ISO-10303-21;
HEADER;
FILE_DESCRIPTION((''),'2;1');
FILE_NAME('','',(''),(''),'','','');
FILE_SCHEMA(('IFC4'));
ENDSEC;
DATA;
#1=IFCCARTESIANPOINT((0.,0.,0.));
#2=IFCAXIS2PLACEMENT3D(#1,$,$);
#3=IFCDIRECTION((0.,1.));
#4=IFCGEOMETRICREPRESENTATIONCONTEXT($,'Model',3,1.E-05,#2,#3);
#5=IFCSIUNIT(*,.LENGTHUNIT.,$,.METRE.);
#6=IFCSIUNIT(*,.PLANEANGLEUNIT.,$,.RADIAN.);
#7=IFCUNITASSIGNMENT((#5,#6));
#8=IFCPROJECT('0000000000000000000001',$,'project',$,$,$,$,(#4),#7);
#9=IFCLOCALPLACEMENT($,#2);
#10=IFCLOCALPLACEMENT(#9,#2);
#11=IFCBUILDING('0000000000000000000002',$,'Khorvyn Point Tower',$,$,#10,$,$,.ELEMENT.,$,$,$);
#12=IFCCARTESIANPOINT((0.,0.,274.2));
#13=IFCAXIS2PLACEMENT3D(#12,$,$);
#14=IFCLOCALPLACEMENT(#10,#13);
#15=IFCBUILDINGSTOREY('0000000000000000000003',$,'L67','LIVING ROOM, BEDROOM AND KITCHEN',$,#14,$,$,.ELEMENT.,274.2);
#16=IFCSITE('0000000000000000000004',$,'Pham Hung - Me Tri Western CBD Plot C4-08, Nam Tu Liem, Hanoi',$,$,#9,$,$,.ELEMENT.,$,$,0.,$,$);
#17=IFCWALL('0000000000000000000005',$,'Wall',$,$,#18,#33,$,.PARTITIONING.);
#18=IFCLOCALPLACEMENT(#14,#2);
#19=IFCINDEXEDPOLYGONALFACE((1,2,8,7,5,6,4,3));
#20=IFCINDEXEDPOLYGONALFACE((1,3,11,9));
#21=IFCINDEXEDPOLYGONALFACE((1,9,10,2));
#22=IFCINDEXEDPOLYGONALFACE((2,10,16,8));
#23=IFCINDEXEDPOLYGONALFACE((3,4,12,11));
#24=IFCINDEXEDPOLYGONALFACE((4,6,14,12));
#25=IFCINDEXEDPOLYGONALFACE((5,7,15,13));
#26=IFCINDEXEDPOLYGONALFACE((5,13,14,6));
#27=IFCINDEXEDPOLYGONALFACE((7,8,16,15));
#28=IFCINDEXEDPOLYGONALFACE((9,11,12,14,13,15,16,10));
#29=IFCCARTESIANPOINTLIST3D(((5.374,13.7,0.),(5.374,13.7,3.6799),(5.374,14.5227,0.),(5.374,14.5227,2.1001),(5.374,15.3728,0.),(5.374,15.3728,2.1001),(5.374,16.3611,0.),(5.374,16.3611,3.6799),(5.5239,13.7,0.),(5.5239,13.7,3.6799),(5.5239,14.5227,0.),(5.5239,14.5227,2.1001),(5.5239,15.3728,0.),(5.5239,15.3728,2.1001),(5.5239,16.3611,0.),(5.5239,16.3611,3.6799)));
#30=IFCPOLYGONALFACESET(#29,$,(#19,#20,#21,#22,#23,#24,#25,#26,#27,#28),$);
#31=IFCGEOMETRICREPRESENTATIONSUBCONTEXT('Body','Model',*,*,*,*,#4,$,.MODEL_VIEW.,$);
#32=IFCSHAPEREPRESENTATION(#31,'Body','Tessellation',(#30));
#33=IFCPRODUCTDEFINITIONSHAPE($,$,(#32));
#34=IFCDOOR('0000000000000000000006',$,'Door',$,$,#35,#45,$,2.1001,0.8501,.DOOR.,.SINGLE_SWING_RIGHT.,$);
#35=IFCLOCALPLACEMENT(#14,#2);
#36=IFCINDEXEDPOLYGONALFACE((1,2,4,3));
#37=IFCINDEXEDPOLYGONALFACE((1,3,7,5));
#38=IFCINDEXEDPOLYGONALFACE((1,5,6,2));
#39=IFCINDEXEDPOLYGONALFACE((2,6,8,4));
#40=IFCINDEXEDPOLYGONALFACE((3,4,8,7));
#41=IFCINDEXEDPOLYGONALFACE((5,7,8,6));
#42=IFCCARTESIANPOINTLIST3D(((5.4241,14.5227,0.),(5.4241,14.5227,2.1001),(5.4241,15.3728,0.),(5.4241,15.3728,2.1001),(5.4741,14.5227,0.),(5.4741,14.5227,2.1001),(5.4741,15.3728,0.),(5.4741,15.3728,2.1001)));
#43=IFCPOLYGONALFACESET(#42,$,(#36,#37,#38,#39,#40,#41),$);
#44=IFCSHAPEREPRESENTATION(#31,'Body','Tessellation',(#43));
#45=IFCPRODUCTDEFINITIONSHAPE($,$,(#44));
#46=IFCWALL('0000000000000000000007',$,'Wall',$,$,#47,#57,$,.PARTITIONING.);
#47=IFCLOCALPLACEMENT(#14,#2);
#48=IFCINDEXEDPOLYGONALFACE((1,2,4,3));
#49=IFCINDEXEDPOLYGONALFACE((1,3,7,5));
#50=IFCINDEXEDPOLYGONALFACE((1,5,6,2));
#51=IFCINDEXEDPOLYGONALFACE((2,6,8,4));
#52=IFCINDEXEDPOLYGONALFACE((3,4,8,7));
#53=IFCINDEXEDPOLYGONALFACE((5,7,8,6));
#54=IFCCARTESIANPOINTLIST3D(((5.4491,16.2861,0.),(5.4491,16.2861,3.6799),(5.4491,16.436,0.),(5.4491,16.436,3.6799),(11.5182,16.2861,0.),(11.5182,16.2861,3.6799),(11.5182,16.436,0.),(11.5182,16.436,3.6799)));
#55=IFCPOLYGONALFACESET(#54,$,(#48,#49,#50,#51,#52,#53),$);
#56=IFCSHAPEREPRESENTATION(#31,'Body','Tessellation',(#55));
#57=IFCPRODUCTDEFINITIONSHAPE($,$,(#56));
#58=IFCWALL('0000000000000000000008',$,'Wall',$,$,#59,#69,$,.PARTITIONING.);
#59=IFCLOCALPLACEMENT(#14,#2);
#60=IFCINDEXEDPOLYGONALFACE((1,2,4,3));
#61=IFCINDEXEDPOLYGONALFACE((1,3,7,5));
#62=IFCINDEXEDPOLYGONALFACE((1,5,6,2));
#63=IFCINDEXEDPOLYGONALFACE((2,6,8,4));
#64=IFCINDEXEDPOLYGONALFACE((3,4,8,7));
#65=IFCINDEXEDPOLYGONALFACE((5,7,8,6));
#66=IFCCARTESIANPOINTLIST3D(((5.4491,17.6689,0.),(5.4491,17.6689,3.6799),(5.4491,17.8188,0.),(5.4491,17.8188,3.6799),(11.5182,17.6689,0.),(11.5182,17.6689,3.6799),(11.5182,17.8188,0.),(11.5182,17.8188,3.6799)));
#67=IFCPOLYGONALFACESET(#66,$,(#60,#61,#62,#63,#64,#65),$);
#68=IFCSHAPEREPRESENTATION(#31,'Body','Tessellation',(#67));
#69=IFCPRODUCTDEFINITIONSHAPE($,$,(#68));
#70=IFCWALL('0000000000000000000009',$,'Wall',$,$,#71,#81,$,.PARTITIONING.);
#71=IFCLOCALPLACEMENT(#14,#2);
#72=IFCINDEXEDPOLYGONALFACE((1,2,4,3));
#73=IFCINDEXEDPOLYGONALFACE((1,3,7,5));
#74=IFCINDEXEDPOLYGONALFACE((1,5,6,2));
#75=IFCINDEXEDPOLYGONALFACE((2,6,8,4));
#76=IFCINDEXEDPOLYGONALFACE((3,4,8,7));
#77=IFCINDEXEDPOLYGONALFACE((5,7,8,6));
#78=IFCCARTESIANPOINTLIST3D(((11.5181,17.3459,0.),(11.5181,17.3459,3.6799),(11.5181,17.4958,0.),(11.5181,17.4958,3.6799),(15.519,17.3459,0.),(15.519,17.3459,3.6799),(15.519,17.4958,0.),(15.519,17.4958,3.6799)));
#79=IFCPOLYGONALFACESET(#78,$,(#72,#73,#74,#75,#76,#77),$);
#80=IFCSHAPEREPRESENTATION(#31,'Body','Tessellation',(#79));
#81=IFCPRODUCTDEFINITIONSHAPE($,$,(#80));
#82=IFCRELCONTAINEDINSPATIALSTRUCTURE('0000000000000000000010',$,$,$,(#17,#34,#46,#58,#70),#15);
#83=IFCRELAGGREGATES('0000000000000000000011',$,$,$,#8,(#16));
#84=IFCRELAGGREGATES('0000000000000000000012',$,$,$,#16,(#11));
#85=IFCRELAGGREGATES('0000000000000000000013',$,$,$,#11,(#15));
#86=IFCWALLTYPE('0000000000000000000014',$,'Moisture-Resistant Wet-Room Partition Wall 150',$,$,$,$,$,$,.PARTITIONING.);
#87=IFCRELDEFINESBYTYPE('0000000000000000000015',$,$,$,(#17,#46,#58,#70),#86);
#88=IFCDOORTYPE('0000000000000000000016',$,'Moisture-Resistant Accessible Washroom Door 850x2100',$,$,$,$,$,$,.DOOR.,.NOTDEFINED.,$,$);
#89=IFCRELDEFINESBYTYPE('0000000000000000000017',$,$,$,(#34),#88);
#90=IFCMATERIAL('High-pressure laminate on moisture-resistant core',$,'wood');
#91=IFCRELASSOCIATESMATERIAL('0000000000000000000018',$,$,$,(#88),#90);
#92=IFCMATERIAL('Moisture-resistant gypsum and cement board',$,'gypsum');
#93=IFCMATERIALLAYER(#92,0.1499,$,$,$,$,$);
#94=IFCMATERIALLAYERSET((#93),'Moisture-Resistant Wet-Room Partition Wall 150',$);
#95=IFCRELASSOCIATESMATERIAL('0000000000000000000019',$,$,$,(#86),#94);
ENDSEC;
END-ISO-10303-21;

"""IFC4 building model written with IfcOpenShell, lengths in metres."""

from ifc_helpers import new_model, si_unit, direction, frame, frame_2d, origin, place, context, subcontext, project, spatial, rectangle, extrude, material, layer, layer_set, type_object, element, fill, save


model = new_model("IFC4")

# Units and contexts
model_context = context("Model", 3, precision=1e-05, world=origin(), true_north=direction((0.0, 1.0)))
body_context = subcontext(model_context, "Body", "Model", "MODEL_VIEW")
ifc_project = project(units=[si_unit("LENGTHUNIT", "METRE"), si_unit("PLANEANGLEUNIT", "RADIAN")], contexts=[model_context])

# Site, building, storey
site_placement = place(None, origin())
site = spatial("IfcSite", under=ifc_project, at=site_placement, Name="Pham Hung - Me Tri Western CBD Plot C4-08, Nam Tu Liem, Hanoi", CompositionType="ELEMENT", RefElevation=0.0)
building_placement = place(site_placement, origin())
building = spatial("IfcBuilding", under=site, at=building_placement, Name="Khorvyn Point Tower", CompositionType="ELEMENT")
storey_placement = place(building_placement, frame((0.0, 0.0, 274.2)))
storey = spatial("IfcBuildingStorey", under=building, at=storey_placement, Name="L67", Description="LIVING ROOM, BEDROOM AND KITCHEN", CompositionType="ELEMENT", Elevation=274.2)

# Wall, opening, door
ifc_material_1 = material(Name="High-pressure laminate on moisture-resistant core", Category="wood")
door_type_1 = type_object("IfcDoorType", Name="Moisture-Resistant Accessible Washroom Door 850x2100", OperationType="NOTDEFINED", PredefinedType="DOOR", material=ifc_material_1)
ifc_material_2 = material(Name="Moisture-resistant gypsum and cement board", Category="gypsum")
ifc_layer_1 = layer(ifc_material_2, 0.1499)
ifc_layer_set_1 = layer_set([ifc_layer_1], Name="Moisture-Resistant Wet-Room Partition Wall 150")
wall_type_1 = type_object("IfcWallType", Name="Moisture-Resistant Wet-Room Partition Wall 150", PredefinedType="PARTITIONING", material=ifc_layer_set_1)
wall_1_placement = place(storey_placement, frame((5.449, 13.7, 0.0), z_axis=(0.0, 0.0, 1.0), x_axis=(0.0, 1.0, 0.0)))
wall_1 = element("IfcWall", 1, at=wall_1_placement, inside=storey, type_object=wall_type_1, Name="Wall", PredefinedType="PARTITIONING", context=body_context, shape_type="SweptSolid", body=[
    extrude(rectangle(XDim=2.6611, YDim=0.1499, at=frame_2d((1.3306, 0.0))), origin(), (0.0, 0.0, 1.0), 3.6799),
])
opening_1_placement = place(wall_1_placement, frame((0.8228, 0.0, 0.0)))
opening_1 = element("IfcOpeningElement", 2, at=opening_1_placement, cuts=wall_1, PredefinedType="OPENING", context=body_context, shape_type="SweptSolid", body=[
    extrude(rectangle(XDim=0.8501, YDim=2.1001, at=frame_2d((0.425, 1.05))), frame((0.0, 0.085, 0.0), z_axis=(0.0, -1.0, 0.0), x_axis=(1.0, 0.0, 0.0)), (0.0, 0.0, 1.0), 0.1699),
])
door_1_placement = place(opening_1_placement, origin())
door_1 = element("IfcDoor", 3, at=door_1_placement, inside=storey, type_object=door_type_1, Name="Door", OperationType="SINGLE_SWING_RIGHT", OverallHeight=2.1001, OverallWidth=0.8501, PredefinedType="DOOR", context=body_context, shape_type="SweptSolid", body=[
    extrude(rectangle(XDim=0.8501, YDim=2.1001, at=frame_2d((0.425, 1.05))), frame((0.0, 0.0249, 0.0), z_axis=(0.0, -1.0, 0.0), x_axis=(1.0, 0.0, 0.0)), (0.0, 0.0, 1.0), 0.05),
])
fill(opening_1, door_1)

# Walls
for number, where, z_axis, x_axis, name in (
    (4, (5.449, 16.3611, 0.0), (0.0, 0.0, 1.0), (1.0, 0.0, 0.0), "Wall"),
    (5, (5.449, 17.7439, 0.0), (0.0, 0.0, 1.0), (1.0, 0.0, 0.0), "Wall"),
):
    element("IfcWall", number, at=place(storey_placement, frame(where, z_axis=z_axis, x_axis=x_axis)), inside=storey, type_object=wall_type_1, Name=name, PredefinedType="PARTITIONING", context=body_context, shape_type="SweptSolid", body=[
        extrude(rectangle(XDim=6.0691, YDim=0.1499, at=frame_2d((3.0347, 0.0))), origin(), (0.0, 0.0, 1.0), 3.6799),
    ])
wall_2_placement = place(storey_placement, frame((11.5181, 17.4209, 0.0), z_axis=(0.0, 0.0, 1.0), x_axis=(1.0, 0.0, 0.0)))
element("IfcWall", 6, at=wall_2_placement, inside=storey, type_object=wall_type_1, Name="Wall", PredefinedType="PARTITIONING", context=body_context, shape_type="SweptSolid", body=[
    extrude(rectangle(XDim=4.001, YDim=0.1499, at=frame_2d((2.0005, 0.0))), origin(), (0.0, 0.0, 1.0), 3.6799),
])

save(model, "model.ifc")
